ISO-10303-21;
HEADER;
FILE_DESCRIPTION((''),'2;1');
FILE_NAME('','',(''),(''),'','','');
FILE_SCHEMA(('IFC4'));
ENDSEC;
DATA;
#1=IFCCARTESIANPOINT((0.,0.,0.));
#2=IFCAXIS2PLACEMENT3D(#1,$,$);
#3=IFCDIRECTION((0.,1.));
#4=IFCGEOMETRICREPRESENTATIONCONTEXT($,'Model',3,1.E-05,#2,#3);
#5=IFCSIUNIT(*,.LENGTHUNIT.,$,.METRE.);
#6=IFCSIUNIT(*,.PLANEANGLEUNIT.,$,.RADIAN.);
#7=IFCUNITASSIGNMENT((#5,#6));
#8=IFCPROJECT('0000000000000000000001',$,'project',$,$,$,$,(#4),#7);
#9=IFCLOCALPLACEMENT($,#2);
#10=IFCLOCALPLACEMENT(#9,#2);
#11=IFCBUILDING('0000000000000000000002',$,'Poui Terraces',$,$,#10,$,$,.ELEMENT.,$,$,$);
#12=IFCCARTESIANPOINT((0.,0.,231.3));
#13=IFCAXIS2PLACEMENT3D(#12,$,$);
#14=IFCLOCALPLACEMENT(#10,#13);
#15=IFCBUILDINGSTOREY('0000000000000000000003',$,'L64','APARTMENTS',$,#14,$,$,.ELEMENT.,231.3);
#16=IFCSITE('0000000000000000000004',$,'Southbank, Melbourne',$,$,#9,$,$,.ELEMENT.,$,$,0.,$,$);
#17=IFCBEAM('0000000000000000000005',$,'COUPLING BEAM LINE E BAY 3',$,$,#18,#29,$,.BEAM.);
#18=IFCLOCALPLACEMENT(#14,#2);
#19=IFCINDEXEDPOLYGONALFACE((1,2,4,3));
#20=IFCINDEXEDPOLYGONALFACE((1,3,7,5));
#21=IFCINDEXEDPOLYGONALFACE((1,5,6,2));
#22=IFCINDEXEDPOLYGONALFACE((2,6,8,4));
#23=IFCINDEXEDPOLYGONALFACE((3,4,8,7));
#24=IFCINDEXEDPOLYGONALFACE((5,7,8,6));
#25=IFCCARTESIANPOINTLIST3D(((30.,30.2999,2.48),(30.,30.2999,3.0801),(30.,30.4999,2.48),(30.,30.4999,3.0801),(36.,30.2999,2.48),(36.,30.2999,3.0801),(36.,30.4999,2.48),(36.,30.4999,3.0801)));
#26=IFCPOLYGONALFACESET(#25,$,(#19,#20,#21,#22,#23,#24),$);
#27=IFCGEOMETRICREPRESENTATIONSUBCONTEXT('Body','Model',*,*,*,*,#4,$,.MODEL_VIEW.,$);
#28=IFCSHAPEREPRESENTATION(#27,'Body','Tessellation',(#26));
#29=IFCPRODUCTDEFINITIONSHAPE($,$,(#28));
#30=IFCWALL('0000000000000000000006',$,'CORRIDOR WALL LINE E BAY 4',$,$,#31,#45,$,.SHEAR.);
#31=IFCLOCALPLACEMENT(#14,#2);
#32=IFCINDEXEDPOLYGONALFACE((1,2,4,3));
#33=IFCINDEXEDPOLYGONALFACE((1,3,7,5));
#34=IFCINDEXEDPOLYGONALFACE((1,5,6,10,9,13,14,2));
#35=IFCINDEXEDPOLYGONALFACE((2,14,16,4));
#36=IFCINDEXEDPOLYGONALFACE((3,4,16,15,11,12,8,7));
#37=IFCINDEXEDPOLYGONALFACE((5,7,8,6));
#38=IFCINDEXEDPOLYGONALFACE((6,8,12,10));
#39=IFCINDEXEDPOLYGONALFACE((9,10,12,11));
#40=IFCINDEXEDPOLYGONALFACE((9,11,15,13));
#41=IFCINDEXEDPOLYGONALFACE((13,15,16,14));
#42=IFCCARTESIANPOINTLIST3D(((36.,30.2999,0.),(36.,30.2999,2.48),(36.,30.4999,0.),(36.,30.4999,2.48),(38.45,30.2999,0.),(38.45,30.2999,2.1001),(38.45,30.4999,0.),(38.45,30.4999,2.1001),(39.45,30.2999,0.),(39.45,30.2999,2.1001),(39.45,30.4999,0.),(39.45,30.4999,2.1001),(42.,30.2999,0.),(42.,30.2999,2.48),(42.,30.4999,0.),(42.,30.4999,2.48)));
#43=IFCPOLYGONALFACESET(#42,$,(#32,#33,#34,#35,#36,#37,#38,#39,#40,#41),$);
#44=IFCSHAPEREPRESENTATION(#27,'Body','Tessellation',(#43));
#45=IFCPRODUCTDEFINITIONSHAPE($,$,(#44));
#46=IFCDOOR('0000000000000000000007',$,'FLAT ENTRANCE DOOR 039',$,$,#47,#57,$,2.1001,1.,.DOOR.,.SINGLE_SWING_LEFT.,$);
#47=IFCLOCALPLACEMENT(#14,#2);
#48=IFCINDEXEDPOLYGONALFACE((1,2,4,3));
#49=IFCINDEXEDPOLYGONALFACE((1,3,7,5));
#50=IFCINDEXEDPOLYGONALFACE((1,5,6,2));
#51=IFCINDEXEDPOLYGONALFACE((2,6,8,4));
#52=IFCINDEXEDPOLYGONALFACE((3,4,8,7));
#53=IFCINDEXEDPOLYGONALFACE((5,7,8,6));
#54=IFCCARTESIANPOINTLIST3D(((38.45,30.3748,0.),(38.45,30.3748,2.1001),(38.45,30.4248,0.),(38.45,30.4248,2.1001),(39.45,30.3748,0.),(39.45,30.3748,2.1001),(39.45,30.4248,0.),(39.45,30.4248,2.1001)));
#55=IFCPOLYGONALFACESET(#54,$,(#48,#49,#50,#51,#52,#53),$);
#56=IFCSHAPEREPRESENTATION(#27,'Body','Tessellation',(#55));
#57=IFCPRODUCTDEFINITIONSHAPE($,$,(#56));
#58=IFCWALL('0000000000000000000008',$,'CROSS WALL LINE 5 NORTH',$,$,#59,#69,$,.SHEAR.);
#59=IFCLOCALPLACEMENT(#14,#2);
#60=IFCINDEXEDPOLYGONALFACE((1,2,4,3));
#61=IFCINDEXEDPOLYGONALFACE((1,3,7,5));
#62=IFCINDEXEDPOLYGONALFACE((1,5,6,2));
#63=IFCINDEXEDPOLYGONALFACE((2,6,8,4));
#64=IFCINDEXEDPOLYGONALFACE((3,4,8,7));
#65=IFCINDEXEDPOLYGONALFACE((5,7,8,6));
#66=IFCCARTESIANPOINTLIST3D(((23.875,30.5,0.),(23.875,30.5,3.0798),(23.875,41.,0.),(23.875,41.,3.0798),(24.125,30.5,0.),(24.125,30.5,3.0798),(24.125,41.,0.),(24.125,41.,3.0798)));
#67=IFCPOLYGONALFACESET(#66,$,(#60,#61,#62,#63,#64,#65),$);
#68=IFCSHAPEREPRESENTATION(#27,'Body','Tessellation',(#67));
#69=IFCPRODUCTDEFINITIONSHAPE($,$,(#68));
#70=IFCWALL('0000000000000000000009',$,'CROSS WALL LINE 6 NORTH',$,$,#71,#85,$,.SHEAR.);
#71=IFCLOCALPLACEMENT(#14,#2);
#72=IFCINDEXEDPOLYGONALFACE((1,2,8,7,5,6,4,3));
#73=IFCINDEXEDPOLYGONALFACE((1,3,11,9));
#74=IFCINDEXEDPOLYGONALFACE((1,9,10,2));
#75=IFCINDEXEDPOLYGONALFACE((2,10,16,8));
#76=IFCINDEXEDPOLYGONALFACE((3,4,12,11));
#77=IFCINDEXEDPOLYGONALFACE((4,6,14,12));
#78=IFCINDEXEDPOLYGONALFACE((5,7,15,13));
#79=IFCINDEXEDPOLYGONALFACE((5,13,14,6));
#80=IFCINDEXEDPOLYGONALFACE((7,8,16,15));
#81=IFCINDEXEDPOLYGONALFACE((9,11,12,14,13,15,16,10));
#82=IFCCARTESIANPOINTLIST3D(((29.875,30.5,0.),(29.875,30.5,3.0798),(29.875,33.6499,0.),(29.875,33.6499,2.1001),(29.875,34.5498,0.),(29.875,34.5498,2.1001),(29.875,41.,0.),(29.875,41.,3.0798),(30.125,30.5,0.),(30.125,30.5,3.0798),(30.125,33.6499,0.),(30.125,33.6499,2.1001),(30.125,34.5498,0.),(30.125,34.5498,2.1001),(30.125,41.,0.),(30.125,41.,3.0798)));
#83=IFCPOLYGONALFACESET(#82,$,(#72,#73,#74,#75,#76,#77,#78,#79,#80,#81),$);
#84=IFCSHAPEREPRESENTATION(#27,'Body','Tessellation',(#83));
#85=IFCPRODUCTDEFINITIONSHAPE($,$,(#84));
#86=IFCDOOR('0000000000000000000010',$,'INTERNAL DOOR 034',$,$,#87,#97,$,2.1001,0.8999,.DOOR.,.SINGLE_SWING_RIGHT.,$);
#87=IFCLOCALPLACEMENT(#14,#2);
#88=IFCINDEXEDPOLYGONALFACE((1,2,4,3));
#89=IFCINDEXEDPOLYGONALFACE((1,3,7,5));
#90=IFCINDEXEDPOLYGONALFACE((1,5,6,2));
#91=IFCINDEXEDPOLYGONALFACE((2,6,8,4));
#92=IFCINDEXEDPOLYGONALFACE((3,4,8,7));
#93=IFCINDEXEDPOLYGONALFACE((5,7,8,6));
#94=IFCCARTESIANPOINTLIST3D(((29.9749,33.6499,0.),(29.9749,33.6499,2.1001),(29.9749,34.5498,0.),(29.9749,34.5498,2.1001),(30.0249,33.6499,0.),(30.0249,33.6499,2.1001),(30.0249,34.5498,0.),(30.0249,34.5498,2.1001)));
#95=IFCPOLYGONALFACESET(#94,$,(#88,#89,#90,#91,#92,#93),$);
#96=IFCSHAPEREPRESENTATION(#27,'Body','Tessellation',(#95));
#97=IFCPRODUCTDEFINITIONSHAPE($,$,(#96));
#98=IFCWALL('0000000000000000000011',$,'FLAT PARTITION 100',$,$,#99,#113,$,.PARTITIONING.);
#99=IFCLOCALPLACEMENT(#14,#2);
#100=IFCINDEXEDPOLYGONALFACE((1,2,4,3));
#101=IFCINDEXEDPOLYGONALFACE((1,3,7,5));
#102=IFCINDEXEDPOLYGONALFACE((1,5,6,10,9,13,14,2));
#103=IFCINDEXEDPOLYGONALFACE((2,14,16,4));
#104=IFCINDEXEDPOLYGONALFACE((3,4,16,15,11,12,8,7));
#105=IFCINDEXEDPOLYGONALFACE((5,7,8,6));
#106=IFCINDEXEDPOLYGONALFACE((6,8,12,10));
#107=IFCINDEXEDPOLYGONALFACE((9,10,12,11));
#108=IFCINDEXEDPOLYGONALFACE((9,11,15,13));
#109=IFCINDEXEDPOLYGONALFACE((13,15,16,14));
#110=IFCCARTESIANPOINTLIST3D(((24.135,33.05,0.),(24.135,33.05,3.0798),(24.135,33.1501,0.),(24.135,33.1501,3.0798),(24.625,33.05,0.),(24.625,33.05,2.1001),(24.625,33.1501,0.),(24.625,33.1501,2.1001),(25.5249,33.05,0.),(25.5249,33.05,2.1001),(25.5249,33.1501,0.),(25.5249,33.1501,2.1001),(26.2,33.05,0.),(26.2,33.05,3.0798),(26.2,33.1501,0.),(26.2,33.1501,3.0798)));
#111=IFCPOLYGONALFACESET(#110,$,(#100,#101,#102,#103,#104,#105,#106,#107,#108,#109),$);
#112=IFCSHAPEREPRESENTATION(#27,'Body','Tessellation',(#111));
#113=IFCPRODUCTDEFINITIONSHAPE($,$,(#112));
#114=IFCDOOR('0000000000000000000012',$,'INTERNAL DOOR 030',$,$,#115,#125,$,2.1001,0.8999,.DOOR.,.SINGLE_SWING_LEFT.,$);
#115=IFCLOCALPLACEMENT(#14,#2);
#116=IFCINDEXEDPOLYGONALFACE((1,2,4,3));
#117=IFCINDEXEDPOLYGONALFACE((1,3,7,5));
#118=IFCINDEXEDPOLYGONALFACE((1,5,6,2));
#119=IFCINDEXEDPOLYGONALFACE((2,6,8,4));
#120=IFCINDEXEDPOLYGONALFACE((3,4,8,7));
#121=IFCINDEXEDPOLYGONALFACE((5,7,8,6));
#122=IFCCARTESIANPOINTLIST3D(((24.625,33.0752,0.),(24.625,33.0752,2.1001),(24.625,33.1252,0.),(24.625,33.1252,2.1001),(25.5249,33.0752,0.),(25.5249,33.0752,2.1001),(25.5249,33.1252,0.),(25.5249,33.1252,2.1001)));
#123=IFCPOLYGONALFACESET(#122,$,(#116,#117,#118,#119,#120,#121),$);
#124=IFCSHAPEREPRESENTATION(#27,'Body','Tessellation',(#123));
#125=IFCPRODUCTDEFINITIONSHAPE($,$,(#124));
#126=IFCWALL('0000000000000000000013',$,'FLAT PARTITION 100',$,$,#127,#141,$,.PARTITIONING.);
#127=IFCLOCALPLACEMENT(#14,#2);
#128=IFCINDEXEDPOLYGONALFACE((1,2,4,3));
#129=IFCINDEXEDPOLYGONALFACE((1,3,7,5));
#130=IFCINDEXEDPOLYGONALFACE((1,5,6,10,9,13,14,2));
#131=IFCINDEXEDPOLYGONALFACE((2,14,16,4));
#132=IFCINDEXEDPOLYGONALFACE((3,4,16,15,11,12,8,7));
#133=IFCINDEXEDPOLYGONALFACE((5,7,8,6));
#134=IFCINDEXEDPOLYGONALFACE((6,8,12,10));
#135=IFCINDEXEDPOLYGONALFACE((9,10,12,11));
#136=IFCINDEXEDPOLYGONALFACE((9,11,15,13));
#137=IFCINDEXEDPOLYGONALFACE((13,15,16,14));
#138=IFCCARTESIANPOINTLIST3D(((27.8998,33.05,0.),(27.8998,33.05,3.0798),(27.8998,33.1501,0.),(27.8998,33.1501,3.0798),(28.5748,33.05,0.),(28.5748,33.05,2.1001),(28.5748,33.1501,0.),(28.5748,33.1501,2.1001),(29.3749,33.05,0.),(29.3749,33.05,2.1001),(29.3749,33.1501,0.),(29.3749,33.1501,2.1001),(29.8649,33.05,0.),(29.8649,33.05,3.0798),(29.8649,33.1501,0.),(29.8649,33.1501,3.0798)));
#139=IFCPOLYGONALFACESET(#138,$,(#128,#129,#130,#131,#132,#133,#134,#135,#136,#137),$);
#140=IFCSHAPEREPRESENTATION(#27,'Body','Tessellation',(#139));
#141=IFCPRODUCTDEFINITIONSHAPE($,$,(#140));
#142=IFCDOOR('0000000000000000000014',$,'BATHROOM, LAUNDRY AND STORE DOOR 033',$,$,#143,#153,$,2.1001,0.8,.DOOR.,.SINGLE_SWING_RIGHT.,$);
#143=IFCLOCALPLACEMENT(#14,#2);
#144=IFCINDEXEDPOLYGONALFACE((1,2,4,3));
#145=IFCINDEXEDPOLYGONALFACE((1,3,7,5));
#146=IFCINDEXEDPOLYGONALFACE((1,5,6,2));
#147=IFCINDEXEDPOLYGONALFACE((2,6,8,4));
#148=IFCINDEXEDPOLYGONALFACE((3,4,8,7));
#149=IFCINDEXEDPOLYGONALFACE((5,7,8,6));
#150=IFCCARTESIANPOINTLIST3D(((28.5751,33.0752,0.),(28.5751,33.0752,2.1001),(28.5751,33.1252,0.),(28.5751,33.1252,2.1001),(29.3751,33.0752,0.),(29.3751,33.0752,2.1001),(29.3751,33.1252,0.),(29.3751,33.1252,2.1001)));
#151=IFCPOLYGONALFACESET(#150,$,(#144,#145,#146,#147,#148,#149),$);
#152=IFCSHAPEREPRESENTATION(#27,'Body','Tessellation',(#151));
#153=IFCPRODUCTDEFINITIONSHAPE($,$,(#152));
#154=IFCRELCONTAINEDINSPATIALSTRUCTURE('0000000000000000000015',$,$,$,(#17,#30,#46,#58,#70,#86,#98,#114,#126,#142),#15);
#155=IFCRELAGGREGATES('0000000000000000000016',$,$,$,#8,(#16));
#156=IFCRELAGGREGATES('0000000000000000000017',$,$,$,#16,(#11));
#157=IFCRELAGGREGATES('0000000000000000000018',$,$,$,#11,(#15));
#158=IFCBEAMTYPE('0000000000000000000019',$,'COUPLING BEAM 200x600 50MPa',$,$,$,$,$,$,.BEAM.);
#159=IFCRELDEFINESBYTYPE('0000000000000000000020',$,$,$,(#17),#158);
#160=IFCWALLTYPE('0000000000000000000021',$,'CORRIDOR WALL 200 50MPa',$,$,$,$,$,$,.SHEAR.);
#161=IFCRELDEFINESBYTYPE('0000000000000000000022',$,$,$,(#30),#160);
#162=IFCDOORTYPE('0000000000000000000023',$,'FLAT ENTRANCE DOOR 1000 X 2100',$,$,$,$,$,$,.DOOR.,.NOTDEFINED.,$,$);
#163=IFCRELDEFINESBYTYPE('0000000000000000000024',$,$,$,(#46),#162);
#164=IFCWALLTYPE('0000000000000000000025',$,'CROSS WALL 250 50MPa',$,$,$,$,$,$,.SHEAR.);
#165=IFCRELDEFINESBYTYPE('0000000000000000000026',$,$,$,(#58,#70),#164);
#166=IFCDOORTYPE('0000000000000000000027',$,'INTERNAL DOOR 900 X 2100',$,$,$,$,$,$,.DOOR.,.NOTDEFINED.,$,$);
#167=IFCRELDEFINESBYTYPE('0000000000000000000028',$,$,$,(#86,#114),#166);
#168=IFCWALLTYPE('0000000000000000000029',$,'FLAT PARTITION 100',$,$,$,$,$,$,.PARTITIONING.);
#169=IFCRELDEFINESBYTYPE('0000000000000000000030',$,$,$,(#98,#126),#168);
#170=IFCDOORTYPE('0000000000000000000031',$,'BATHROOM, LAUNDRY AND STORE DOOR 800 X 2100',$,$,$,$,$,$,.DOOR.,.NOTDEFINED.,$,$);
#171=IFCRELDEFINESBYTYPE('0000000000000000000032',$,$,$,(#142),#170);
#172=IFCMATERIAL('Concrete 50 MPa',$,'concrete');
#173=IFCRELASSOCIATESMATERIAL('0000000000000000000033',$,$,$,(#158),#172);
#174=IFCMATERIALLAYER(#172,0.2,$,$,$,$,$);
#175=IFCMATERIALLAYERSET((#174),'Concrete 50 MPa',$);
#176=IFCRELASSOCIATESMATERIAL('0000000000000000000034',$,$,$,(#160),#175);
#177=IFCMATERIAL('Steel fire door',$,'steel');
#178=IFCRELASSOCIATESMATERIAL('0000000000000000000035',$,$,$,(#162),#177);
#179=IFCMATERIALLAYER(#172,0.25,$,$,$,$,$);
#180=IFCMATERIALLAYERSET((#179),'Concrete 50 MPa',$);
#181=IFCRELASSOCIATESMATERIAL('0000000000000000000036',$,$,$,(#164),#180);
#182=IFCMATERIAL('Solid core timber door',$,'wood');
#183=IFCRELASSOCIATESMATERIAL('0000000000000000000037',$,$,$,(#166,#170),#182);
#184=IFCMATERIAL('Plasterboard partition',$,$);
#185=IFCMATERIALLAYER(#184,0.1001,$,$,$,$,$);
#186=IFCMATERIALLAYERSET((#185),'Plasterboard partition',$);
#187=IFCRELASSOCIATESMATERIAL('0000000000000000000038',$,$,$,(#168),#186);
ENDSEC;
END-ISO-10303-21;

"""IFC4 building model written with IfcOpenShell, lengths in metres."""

from ifc_helpers import new_model, si_unit, direction, frame, frame_2d, origin, origin_2d, place, context, subcontext, project, spatial, rectangle, extrude, source, transform, mapped, material, layer, layer_set, material_profile, profile_set, type_object, element, fill, save


model = new_model("IFC4")

# Units and contexts
model_context = context("Model", 3, precision=1e-05, world=origin(), true_north=direction((0.0, 1.0)))
body_context = subcontext(model_context, "Body", "Model", "MODEL_VIEW")
ifc_project = project(units=[si_unit("LENGTHUNIT", "METRE"), si_unit("PLANEANGLEUNIT", "RADIAN")], contexts=[model_context])

# Site, building, storey
site_placement = place(None, origin())
site = spatial("IfcSite", under=ifc_project, at=site_placement, Name="Southbank, Melbourne", CompositionType="ELEMENT", RefElevation=0.0)
building_placement = place(site_placement, origin())
building = spatial("IfcBuilding", under=site, at=building_placement, Name="Poui Terraces", CompositionType="ELEMENT")
storey_placement = place(building_placement, frame((0.0, 0.0, 231.3)))
storey = spatial("IfcBuildingStorey", under=building, at=storey_placement, Name="L64", Description="APARTMENTS", CompositionType="ELEMENT", Elevation=231.3)

# Beam
ifc_material_1 = material(Name="Concrete 50 MPa", Category="concrete")
ifc_material_profile_1 = material_profile(ifc_material_1, rectangle(XDim=0.2, YDim=0.6001, at=origin_2d()), Name="RC 200x600")
ifc_profile_set_1 = profile_set([ifc_material_profile_1], Name="Concrete 50 MPa")
beam_type = type_object("IfcBeamType", Name="COUPLING BEAM 200x600 50MPa", PredefinedType="BEAM", material=ifc_profile_set_1)
shared_shape_1 = source(origin(), body_context, "Body", "SweptSolid", [
    extrude(rectangle(XDim=0.2, YDim=0.6001, at=origin_2d()), origin(), (0.0, 0.0, 1.0), 6.0),
])
beam_placement = place(storey_placement, frame((30.0, 30.3999, 2.78), z_axis=(1.0, 0.0, 0.0), x_axis=(0.0, 1.0, 0.0)))
element("IfcBeam", 1, at=beam_placement, inside=storey, type_object=beam_type, Name="COUPLING BEAM LINE E BAY 3", PredefinedType="BEAM", context=body_context, shape_type="MappedRepresentation", body=[
    mapped(shared_shape_1, transform((0.0, 0.0, 0.0))),
])

# Wall, opening, door
ifc_layer_1 = layer(ifc_material_1, 0.2)
ifc_layer_set_1 = layer_set([ifc_layer_1], Name="Concrete 50 MPa")
wall_type_1 = type_object("IfcWallType", Name="CORRIDOR WALL 200 50MPa", PredefinedType="SHEAR", material=ifc_layer_set_1)
wall_1_placement = place(storey_placement, frame((36.0, 30.3999, 0.0), z_axis=(0.0, 0.0, 1.0), x_axis=(1.0, 0.0, 0.0)))
wall_1 = element("IfcWall", 2, at=wall_1_placement, inside=storey, type_object=wall_type_1, Name="CORRIDOR WALL LINE E BAY 4", PredefinedType="SHEAR", context=body_context, shape_type="SweptSolid", body=[
    extrude(rectangle(XDim=6.0, YDim=0.2, at=frame_2d((3.0, 0.0))), origin(), (0.0, 0.0, 1.0), 2.48),
])
opening_1_placement = place(wall_1_placement, frame((2.45, 0.0, 0.0)))
opening_1 = element("IfcOpeningElement", 3, at=opening_1_placement, cuts=wall_1, PredefinedType="OPENING", context=body_context, shape_type="SweptSolid", body=[
    extrude(rectangle(XDim=1.0, YDim=2.1001, at=frame_2d((0.5, 1.05))), frame((0.0, 0.1099, 0.0), z_axis=(0.0, -1.0, 0.0), x_axis=(1.0, 0.0, 0.0)), (0.0, 0.0, 1.0), 0.22),
])
ifc_material_2 = material(Name="Steel fire door", Category="steel")
door_type_1 = type_object("IfcDoorType", Name="FLAT ENTRANCE DOOR 1000 X 2100", OperationType="NOTDEFINED", PredefinedType="DOOR", material=ifc_material_2)
door_1_placement = place(opening_1_placement, origin())
door_1 = element("IfcDoor", 4, at=door_1_placement, inside=storey, type_object=door_type_1, Name="FLAT ENTRANCE DOOR 039", OperationType="SINGLE_SWING_LEFT", OverallHeight=2.1001, OverallWidth=1.0, PredefinedType="DOOR", context=body_context, shape_type="SweptSolid", body=[
    extrude(rectangle(XDim=1.0, YDim=2.1001, at=frame_2d((0.5, 1.05))), frame((0.0, 0.0249, 0.0), z_axis=(0.0, -1.0, 0.0), x_axis=(1.0, 0.0, 0.0)), (0.0, 0.0, 1.0), 0.05),
])
fill(opening_1, door_1)

# Wall
ifc_layer_2 = layer(ifc_material_1, 0.25)
ifc_layer_set_2 = layer_set([ifc_layer_2], Name="Concrete 50 MPa")
wall_type_2 = type_object("IfcWallType", Name="CROSS WALL 250 50MPa", PredefinedType="SHEAR", material=ifc_layer_set_2)
wall_2_placement = place(storey_placement, frame((24.0, 30.5, 0.0), z_axis=(0.0, 0.0, 1.0), x_axis=(0.0, 1.0, 0.0)))
element("IfcWall", 5, at=wall_2_placement, inside=storey, type_object=wall_type_2, Name="CROSS WALL LINE 5 NORTH", PredefinedType="SHEAR", context=body_context, shape_type="SweptSolid", body=[
    extrude(rectangle(XDim=10.5, YDim=0.25, at=frame_2d((5.25, 0.0))), origin(), (0.0, 0.0, 1.0), 3.0798),
])

# Walls, openings, doors
wall_3_placement = place(storey_placement, frame((30.0, 30.5, 0.0), z_axis=(0.0, 0.0, 1.0), x_axis=(0.0, 1.0, 0.0)))
wall_3 = element("IfcWall", 6, at=wall_3_placement, inside=storey, type_object=wall_type_2, Name="CROSS WALL LINE 6 NORTH", PredefinedType="SHEAR", context=body_context, shape_type="SweptSolid", body=[
    extrude(rectangle(XDim=10.5, YDim=0.25, at=frame_2d((5.25, 0.0))), origin(), (0.0, 0.0, 1.0), 3.0798),
])
opening_2_placement = place(wall_3_placement, frame((3.1499, 0.0, 0.0)))
opening_2 = element("IfcOpeningElement", 7, at=opening_2_placement, cuts=wall_3, PredefinedType="OPENING", context=body_context, shape_type="SweptSolid", body=[
    extrude(rectangle(XDim=0.8999, YDim=2.1001, at=frame_2d((0.45, 1.05))), frame((0.0, 0.135, 0.0), z_axis=(0.0, -1.0, 0.0), x_axis=(1.0, 0.0, 0.0)), (0.0, 0.0, 1.0), 0.27),
])
ifc_material_3 = material(Name="Solid core timber door", Category="wood")
door_type_2 = type_object("IfcDoorType", Name="INTERNAL DOOR 900 X 2100", OperationType="NOTDEFINED", PredefinedType="DOOR", material=ifc_material_3)
door_2_placement = place(opening_2_placement, frame((0.8999, 0.0, 0.0), z_axis=(0.0, 0.0, 1.0), x_axis=(-1.0, 0.0, 0.0)))
door_2 = element("IfcDoor", 8, at=door_2_placement, inside=storey, type_object=door_type_2, Name="INTERNAL DOOR 034", OperationType="SINGLE_SWING_RIGHT", OverallHeight=2.1001, OverallWidth=0.8999, PredefinedType="DOOR", context=body_context, shape_type="SweptSolid", body=[
    extrude(rectangle(XDim=0.8999, YDim=2.1001, at=frame_2d((0.45, 1.05))), frame((0.0, 0.0249, 0.0), z_axis=(0.0, -1.0, 0.0), x_axis=(1.0, 0.0, 0.0)), (0.0, 0.0, 1.0), 0.05),
])
fill(opening_2, door_2)
ifc_material_4 = material(Name="Plasterboard partition")
ifc_layer_3 = layer(ifc_material_4, 0.1001)
ifc_layer_set_3 = layer_set([ifc_layer_3], Name="Plasterboard partition")
wall_type_3 = type_object("IfcWallType", Name="FLAT PARTITION 100", PredefinedType="PARTITIONING", material=ifc_layer_set_3)
wall_4_placement = place(storey_placement, frame((24.135, 33.1001, 0.0), z_axis=(0.0, 0.0, 1.0), x_axis=(1.0, 0.0, 0.0)))
wall_4 = element("IfcWall", 9, at=wall_4_placement, inside=storey, type_object=wall_type_3, Name="FLAT PARTITION 100", PredefinedType="PARTITIONING", context=body_context, shape_type="SweptSolid", body=[
    extrude(rectangle(XDim=2.0649, YDim=0.1001, at=frame_2d((1.0325, 0.0))), origin(), (0.0, 0.0, 1.0), 3.0798),
])
opening_3_placement = place(wall_4_placement, frame((0.49, 0.0, 0.0)))
opening_3 = element("IfcOpeningElement", 10, at=opening_3_placement, cuts=wall_4, PredefinedType="OPENING", context=body_context, shape_type="SweptSolid", body=[
    extrude(rectangle(XDim=0.8999, YDim=2.1001, at=frame_2d((0.45, 1.05))), frame((0.0, 0.0601, 0.0), z_axis=(0.0, -1.0, 0.0), x_axis=(1.0, 0.0, 0.0)), (0.0, 0.0, 1.0), 0.1201),
])
door_3_placement = place(opening_3_placement, frame((0.8999, 0.0, 0.0), z_axis=(0.0, 0.0, 1.0), x_axis=(-1.0, 0.0, 0.0)))
door_3 = element("IfcDoor", 11, at=door_3_placement, inside=storey, type_object=door_type_2, Name="INTERNAL DOOR 030", OperationType="SINGLE_SWING_LEFT", OverallHeight=2.1001, OverallWidth=0.8999, PredefinedType="DOOR", context=body_context, shape_type="SweptSolid", body=[
    extrude(rectangle(XDim=0.8999, YDim=2.1001, at=frame_2d((0.45, 1.05))), frame((0.0, 0.0249, 0.0), z_axis=(0.0, -1.0, 0.0), x_axis=(1.0, 0.0, 0.0)), (0.0, 0.0, 1.0), 0.05),
])
fill(opening_3, door_3)
wall_5_placement = place(storey_placement, frame((27.8999, 33.1001, 0.0), z_axis=(0.0, 0.0, 1.0), x_axis=(1.0, 0.0, 0.0)))
wall_5 = element("IfcWall", 12, at=wall_5_placement, inside=storey, type_object=wall_type_3, Name="FLAT PARTITION 100", PredefinedType="PARTITIONING", context=body_context, shape_type="SweptSolid", body=[
    extrude(rectangle(XDim=1.9651, YDim=0.1001, at=frame_2d((0.9824, 0.0))), origin(), (0.0, 0.0, 1.0), 3.0798),
])
opening_4_placement = place(wall_5_placement, frame((0.675, 0.0, 0.0)))
opening_4 = element("IfcOpeningElement", 13, at=opening_4_placement, cuts=wall_5, PredefinedType="OPENING", context=body_context, shape_type="SweptSolid", body=[
    extrude(rectangle(XDim=0.8, YDim=2.1001, at=frame_2d((0.3999, 1.05))), frame((0.0, 0.0601, 0.0), z_axis=(0.0, -1.0, 0.0), x_axis=(1.0, 0.0, 0.0)), (0.0, 0.0, 1.0), 0.1201),
])
door_type_3 = type_object("IfcDoorType", Name="BATHROOM, LAUNDRY AND STORE DOOR 800 X 2100", OperationType="NOTDEFINED", PredefinedType="DOOR", material=ifc_material_3)
door_4_placement = place(opening_4_placement, frame((0.8, 0.0, 0.0), z_axis=(0.0, 0.0, 1.0), x_axis=(-1.0, 0.0, 0.0)))
door_4 = element("IfcDoor", 14, at=door_4_placement, inside=storey, type_object=door_type_3, Name="BATHROOM, LAUNDRY AND STORE DOOR 033", OperationType="SINGLE_SWING_RIGHT", OverallHeight=2.1001, OverallWidth=0.8, PredefinedType="DOOR", context=body_context, shape_type="SweptSolid", body=[
    extrude(rectangle(XDim=0.8, YDim=2.1001, at=frame_2d((0.3999, 1.05))), frame((0.0, 0.0249, 0.0), z_axis=(0.0, -1.0, 0.0), x_axis=(1.0, 0.0, 0.0)), (0.0, 0.0, 1.0), 0.05),
])
fill(opening_4, door_4)

save(model, "model.ifc")
